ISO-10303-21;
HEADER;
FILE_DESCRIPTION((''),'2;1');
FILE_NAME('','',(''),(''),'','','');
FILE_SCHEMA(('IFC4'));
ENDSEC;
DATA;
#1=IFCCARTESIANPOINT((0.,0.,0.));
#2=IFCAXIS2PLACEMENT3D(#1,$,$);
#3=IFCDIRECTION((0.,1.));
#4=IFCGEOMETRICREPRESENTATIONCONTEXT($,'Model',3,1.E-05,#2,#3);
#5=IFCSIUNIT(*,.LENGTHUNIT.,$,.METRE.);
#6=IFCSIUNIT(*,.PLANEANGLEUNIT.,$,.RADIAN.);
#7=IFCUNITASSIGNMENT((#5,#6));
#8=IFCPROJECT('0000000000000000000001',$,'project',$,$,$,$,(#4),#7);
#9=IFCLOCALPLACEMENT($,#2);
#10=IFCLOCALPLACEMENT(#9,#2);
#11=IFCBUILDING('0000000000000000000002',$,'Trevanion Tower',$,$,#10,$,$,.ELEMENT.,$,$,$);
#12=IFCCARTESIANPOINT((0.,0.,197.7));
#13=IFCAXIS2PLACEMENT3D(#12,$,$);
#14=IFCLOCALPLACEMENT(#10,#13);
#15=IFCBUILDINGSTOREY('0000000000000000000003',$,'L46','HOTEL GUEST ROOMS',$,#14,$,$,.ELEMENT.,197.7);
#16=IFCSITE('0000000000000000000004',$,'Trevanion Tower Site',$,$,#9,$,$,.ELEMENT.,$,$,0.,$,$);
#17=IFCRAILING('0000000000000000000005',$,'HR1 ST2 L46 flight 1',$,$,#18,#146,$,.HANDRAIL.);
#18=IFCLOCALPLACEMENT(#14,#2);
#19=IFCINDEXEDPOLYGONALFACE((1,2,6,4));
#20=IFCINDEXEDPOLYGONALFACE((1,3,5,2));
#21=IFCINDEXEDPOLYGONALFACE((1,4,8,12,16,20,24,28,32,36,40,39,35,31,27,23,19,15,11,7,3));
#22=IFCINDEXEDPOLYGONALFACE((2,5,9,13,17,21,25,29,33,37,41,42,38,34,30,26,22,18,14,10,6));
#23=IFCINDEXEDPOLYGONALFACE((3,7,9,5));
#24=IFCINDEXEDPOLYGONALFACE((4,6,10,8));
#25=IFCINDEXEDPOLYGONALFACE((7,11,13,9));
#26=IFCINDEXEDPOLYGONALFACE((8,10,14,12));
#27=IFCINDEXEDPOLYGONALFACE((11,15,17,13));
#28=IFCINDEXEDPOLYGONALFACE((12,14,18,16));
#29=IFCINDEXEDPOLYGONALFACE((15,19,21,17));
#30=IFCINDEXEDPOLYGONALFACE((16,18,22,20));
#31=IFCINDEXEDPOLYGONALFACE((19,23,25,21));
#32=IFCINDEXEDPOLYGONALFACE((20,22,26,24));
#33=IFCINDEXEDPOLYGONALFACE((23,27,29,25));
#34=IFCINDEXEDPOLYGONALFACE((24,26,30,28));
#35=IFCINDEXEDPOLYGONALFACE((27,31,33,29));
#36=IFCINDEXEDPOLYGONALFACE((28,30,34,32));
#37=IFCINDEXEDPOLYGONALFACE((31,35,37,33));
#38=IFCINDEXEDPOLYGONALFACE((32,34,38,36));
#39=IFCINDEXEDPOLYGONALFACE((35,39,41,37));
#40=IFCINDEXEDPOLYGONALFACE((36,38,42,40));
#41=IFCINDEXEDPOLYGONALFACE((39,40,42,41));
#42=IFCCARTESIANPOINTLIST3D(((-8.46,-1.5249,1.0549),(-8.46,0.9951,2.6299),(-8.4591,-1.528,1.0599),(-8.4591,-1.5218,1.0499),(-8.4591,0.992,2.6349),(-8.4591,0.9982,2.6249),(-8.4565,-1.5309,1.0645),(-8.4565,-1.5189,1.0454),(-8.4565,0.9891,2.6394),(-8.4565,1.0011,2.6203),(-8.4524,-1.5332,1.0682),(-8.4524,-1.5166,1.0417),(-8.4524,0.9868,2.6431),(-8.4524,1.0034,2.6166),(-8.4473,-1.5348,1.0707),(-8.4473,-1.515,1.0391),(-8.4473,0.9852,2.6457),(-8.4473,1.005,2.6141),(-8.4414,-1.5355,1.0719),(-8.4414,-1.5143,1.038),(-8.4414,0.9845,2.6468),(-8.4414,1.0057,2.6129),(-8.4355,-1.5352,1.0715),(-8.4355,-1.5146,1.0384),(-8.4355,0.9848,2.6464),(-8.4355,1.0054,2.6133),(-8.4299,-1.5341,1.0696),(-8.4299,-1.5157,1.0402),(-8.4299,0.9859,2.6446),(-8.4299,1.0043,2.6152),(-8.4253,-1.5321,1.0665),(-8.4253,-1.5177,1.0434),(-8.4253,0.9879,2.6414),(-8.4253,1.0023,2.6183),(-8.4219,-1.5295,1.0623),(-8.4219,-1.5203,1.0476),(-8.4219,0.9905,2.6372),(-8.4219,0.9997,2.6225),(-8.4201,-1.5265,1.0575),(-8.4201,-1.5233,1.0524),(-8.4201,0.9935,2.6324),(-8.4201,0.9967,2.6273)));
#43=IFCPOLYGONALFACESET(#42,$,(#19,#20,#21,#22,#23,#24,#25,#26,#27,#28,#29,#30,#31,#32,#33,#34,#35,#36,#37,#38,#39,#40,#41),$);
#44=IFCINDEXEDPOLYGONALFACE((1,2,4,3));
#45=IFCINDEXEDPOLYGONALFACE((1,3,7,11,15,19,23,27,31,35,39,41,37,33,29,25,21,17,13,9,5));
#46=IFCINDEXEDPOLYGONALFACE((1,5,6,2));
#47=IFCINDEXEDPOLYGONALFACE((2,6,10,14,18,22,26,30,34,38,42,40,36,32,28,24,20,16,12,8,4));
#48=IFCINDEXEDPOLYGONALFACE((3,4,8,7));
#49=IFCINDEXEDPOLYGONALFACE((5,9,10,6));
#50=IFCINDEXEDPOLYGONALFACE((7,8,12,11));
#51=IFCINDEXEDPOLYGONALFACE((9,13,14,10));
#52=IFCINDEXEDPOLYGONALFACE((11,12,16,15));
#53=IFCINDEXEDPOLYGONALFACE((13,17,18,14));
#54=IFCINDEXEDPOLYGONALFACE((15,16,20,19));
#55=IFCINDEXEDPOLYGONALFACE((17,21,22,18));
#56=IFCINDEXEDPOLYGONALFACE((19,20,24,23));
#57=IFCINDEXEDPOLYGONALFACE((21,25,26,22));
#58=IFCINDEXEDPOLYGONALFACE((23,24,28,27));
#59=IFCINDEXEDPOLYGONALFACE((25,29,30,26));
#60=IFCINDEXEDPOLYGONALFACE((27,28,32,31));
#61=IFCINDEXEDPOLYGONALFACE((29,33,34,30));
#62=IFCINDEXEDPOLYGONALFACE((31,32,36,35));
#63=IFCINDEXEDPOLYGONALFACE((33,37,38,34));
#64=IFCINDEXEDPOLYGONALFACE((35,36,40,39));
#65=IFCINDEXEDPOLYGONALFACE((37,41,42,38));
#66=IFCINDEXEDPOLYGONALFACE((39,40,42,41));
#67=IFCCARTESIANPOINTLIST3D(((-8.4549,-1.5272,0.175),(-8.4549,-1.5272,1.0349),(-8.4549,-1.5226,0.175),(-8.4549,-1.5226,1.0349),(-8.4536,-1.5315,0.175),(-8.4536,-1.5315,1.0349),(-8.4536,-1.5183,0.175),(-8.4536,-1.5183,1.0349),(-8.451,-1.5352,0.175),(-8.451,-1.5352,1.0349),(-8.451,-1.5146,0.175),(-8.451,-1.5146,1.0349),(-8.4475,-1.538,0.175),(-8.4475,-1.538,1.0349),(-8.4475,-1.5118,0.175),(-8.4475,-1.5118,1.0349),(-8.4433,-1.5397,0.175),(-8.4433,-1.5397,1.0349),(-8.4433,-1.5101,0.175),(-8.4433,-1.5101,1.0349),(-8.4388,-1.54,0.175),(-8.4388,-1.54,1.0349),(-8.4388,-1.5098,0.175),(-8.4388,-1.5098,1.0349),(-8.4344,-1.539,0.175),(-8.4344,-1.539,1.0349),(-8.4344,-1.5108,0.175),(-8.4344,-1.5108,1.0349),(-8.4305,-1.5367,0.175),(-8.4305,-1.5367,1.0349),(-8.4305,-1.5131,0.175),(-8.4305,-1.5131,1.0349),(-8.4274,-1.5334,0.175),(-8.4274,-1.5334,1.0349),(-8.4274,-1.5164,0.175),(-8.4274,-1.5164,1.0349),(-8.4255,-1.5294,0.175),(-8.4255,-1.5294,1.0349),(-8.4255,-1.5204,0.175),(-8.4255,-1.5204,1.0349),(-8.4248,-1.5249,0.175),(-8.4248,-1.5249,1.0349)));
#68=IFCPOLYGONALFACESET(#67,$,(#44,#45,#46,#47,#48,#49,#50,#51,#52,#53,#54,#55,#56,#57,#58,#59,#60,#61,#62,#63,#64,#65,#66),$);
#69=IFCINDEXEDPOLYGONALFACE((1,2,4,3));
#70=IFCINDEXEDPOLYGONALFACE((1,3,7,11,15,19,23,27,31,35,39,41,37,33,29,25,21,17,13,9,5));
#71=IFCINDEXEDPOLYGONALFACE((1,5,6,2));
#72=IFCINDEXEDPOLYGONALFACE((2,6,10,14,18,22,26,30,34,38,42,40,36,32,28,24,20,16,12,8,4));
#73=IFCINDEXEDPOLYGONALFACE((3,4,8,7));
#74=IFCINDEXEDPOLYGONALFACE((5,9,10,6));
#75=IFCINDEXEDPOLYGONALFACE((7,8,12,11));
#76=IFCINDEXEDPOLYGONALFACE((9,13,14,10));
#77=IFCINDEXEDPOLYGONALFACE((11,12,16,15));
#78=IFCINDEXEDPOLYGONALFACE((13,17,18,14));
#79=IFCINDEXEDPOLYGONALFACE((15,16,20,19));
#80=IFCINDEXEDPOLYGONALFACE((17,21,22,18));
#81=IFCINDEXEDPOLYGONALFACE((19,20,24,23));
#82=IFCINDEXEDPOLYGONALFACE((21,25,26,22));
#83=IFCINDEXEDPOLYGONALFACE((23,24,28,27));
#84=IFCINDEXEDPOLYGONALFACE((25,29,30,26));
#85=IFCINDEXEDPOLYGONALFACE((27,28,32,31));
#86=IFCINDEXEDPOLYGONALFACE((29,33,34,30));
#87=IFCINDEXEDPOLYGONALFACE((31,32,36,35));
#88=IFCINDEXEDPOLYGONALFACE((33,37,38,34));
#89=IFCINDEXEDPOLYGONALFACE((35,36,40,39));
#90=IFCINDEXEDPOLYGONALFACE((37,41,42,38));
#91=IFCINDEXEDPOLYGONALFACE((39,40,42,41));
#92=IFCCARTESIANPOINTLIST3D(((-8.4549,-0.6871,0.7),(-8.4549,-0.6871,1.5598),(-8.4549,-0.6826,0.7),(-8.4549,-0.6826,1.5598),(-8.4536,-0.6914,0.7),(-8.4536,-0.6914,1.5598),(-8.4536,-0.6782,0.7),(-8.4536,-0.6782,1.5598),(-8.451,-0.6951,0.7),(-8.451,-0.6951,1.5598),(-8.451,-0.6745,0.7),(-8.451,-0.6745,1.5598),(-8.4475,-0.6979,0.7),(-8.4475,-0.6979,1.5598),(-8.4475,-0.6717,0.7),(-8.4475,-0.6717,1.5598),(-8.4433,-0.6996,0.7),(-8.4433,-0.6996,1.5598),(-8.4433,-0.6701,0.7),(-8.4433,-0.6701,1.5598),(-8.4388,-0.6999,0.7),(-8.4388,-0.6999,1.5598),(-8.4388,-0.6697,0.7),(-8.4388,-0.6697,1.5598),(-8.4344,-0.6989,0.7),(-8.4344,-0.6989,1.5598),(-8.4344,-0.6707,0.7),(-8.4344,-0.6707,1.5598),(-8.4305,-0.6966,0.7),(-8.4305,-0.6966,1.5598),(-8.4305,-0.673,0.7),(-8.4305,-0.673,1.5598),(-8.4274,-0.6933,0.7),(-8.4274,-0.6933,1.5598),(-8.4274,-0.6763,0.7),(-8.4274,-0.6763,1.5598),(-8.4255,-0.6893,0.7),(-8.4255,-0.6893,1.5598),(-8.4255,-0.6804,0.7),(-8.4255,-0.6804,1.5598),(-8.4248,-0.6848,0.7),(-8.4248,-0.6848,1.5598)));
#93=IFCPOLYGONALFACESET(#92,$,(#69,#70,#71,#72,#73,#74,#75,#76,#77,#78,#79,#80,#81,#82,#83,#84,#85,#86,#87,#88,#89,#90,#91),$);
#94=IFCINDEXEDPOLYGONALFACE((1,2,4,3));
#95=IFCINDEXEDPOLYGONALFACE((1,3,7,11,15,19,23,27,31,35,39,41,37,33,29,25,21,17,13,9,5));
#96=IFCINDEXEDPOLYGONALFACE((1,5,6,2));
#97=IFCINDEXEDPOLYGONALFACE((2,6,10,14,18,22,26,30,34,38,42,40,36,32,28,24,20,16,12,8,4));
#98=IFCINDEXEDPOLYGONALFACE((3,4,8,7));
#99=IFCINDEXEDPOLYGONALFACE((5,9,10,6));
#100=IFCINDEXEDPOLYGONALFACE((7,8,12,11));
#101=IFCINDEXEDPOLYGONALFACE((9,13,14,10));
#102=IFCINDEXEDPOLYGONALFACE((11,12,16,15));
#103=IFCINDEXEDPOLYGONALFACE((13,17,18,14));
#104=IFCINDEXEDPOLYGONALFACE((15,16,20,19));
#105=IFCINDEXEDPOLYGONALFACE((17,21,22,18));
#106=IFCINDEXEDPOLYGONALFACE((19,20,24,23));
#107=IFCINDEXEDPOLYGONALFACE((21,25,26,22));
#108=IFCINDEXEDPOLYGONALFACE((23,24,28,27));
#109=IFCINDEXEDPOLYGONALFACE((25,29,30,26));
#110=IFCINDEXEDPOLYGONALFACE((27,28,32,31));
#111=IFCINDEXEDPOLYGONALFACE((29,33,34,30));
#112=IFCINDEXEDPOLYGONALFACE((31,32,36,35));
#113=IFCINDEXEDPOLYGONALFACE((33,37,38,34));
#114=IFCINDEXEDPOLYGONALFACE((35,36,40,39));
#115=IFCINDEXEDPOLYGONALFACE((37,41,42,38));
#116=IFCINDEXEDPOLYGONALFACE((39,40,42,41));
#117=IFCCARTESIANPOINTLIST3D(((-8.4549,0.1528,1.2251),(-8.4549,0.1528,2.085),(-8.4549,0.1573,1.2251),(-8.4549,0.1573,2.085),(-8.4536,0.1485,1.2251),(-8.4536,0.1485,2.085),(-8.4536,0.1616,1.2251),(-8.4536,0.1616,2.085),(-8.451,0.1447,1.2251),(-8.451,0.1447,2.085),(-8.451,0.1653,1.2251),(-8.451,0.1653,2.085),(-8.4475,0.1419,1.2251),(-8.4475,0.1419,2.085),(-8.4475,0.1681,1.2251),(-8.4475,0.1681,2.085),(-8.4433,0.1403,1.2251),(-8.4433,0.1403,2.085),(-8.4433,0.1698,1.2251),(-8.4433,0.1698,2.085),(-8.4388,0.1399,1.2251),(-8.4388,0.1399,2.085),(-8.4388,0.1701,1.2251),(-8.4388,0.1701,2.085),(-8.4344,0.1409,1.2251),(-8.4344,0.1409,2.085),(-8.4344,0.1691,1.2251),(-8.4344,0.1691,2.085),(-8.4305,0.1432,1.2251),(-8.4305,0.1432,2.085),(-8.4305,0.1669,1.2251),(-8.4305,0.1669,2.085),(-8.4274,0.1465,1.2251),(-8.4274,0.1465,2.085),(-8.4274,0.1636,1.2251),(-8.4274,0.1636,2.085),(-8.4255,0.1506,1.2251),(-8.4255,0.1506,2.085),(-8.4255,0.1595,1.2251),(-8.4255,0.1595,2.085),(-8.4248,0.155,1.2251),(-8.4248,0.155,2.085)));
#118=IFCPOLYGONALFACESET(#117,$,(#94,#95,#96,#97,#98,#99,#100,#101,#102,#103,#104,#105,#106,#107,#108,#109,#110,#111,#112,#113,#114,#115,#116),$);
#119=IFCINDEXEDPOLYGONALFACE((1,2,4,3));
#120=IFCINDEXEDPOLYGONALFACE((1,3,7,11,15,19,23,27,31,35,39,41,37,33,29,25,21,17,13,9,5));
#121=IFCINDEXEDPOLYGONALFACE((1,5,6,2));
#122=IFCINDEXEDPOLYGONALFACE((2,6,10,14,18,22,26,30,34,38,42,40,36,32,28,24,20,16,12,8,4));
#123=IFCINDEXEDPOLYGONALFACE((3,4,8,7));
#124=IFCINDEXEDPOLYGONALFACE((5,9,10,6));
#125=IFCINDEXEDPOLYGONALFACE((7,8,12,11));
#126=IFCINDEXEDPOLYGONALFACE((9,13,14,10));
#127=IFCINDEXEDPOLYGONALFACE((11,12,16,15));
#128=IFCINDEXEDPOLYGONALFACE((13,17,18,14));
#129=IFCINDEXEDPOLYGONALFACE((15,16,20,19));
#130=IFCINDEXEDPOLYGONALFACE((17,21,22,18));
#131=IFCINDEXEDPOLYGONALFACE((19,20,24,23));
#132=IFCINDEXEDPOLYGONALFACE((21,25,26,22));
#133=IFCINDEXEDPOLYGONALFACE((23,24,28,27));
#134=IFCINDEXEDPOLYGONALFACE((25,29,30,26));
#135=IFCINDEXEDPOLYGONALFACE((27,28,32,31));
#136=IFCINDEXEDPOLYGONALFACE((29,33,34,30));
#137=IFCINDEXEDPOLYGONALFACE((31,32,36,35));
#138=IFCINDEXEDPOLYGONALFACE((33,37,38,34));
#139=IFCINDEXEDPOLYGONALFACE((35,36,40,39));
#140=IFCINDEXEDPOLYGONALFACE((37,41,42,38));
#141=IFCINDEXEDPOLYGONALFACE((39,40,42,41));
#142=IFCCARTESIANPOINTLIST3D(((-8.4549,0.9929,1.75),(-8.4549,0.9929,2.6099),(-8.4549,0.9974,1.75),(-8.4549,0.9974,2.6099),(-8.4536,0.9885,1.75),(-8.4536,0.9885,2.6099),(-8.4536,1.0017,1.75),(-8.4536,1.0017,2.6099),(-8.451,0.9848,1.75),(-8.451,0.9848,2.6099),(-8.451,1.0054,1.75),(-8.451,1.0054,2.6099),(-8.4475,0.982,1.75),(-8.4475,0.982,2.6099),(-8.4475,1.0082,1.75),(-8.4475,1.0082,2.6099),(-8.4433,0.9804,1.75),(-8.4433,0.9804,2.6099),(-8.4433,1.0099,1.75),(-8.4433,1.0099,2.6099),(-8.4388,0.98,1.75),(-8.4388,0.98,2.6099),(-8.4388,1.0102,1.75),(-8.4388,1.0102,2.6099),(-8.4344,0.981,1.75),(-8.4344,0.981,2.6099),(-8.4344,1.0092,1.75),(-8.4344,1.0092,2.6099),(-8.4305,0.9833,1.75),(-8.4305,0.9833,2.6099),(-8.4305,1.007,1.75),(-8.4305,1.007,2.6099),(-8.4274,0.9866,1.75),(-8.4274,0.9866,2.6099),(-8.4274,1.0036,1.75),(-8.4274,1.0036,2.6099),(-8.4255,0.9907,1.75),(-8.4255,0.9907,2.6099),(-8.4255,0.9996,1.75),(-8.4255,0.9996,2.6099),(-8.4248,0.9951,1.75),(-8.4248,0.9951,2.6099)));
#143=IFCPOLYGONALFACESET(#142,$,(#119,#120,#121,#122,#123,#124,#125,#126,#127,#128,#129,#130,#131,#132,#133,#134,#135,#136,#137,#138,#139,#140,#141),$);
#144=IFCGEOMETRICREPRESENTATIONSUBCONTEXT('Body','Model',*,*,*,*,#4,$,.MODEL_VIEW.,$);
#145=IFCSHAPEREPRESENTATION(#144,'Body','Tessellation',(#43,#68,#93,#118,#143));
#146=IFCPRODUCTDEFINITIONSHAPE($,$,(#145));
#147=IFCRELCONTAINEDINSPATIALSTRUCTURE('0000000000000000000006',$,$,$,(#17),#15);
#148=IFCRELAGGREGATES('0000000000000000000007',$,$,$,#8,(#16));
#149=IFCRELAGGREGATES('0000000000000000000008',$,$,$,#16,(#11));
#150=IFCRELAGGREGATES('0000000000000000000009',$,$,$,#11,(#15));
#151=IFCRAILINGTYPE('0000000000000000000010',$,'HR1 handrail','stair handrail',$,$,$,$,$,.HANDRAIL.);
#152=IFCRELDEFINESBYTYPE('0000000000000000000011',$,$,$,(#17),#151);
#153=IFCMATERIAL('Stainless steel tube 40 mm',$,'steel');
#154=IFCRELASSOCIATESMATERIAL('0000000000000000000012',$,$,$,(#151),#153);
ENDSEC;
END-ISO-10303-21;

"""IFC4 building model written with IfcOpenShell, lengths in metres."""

from ifc_helpers import new_model, si_unit, direction, frame, origin, origin_2d, place, context, subcontext, project, spatial, circle, extrude, material, type_object, element, save


model = new_model("IFC4")

# Units and contexts
model_context = context("Model", 3, precision=1e-05, world=origin(), true_north=direction((0.0, 1.0)))
body_context = subcontext(model_context, "Body", "Model", "MODEL_VIEW")
ifc_project = project(units=[si_unit("LENGTHUNIT", "METRE"), si_unit("PLANEANGLEUNIT", "RADIAN")], contexts=[model_context])

# Site, building, storey
site_placement = place(None, origin())
site = spatial("IfcSite", under=ifc_project, at=site_placement, Name="Trevanion Tower Site", CompositionType="ELEMENT", RefElevation=0.0)
building_placement = place(site_placement, origin())
building = spatial("IfcBuilding", under=site, at=building_placement, Name="Trevanion Tower", CompositionType="ELEMENT")
storey_placement = place(building_placement, frame((0.0, 0.0, 197.7)))
storey = spatial("IfcBuildingStorey", under=building, at=storey_placement, Name="L46", Description="HOTEL GUEST ROOMS", CompositionType="ELEMENT", Elevation=197.7)

# Railing
ifc_material_1 = material(Name="Stainless steel tube 40 mm", Category="steel")
railing_type = type_object("IfcRailingType", Name="HR1 handrail", Description="stair handrail", PredefinedType="HANDRAIL", material=ifc_material_1)
for number, where, name in (
    (1, (-8.4399, -1.5249, 0.175), "HR1 ST2 L46 flight 1"),
):
    element("IfcRailing", number, at=place(storey_placement, frame(where)), inside=storey, type_object=railing_type, Name=name, PredefinedType="HANDRAIL", context=body_context, shape_type="SweptSolid", body=[
        extrude(circle(Radius=0.02, at=origin_2d()), frame((0.0, 0.0, 0.8799), z_axis=(0.0, 0.848008, 0.529984), x_axis=(-1.0, 0.0, 0.0)), (0.0, 0.0, 1.0), 2.9717),
        extrude(circle(Radius=0.0151, at=origin_2d()), origin(), (0.0, 0.0, 1.0), 0.8599),
        extrude(circle(Radius=0.0151, at=origin_2d()), frame((0.0, 0.8401, 0.5249)), (0.0, 0.0, 1.0), 0.8599),
        extrude(circle(Radius=0.0151, at=origin_2d()), frame((0.0, 1.6799, 1.05)), (0.0, 0.0, 1.0), 0.8599),
        extrude(circle(Radius=0.0151, at=origin_2d()), frame((0.0, 2.52, 1.575)), (0.0, 0.0, 1.0), 0.8599),
    ])

save(model, "model.ifc")
